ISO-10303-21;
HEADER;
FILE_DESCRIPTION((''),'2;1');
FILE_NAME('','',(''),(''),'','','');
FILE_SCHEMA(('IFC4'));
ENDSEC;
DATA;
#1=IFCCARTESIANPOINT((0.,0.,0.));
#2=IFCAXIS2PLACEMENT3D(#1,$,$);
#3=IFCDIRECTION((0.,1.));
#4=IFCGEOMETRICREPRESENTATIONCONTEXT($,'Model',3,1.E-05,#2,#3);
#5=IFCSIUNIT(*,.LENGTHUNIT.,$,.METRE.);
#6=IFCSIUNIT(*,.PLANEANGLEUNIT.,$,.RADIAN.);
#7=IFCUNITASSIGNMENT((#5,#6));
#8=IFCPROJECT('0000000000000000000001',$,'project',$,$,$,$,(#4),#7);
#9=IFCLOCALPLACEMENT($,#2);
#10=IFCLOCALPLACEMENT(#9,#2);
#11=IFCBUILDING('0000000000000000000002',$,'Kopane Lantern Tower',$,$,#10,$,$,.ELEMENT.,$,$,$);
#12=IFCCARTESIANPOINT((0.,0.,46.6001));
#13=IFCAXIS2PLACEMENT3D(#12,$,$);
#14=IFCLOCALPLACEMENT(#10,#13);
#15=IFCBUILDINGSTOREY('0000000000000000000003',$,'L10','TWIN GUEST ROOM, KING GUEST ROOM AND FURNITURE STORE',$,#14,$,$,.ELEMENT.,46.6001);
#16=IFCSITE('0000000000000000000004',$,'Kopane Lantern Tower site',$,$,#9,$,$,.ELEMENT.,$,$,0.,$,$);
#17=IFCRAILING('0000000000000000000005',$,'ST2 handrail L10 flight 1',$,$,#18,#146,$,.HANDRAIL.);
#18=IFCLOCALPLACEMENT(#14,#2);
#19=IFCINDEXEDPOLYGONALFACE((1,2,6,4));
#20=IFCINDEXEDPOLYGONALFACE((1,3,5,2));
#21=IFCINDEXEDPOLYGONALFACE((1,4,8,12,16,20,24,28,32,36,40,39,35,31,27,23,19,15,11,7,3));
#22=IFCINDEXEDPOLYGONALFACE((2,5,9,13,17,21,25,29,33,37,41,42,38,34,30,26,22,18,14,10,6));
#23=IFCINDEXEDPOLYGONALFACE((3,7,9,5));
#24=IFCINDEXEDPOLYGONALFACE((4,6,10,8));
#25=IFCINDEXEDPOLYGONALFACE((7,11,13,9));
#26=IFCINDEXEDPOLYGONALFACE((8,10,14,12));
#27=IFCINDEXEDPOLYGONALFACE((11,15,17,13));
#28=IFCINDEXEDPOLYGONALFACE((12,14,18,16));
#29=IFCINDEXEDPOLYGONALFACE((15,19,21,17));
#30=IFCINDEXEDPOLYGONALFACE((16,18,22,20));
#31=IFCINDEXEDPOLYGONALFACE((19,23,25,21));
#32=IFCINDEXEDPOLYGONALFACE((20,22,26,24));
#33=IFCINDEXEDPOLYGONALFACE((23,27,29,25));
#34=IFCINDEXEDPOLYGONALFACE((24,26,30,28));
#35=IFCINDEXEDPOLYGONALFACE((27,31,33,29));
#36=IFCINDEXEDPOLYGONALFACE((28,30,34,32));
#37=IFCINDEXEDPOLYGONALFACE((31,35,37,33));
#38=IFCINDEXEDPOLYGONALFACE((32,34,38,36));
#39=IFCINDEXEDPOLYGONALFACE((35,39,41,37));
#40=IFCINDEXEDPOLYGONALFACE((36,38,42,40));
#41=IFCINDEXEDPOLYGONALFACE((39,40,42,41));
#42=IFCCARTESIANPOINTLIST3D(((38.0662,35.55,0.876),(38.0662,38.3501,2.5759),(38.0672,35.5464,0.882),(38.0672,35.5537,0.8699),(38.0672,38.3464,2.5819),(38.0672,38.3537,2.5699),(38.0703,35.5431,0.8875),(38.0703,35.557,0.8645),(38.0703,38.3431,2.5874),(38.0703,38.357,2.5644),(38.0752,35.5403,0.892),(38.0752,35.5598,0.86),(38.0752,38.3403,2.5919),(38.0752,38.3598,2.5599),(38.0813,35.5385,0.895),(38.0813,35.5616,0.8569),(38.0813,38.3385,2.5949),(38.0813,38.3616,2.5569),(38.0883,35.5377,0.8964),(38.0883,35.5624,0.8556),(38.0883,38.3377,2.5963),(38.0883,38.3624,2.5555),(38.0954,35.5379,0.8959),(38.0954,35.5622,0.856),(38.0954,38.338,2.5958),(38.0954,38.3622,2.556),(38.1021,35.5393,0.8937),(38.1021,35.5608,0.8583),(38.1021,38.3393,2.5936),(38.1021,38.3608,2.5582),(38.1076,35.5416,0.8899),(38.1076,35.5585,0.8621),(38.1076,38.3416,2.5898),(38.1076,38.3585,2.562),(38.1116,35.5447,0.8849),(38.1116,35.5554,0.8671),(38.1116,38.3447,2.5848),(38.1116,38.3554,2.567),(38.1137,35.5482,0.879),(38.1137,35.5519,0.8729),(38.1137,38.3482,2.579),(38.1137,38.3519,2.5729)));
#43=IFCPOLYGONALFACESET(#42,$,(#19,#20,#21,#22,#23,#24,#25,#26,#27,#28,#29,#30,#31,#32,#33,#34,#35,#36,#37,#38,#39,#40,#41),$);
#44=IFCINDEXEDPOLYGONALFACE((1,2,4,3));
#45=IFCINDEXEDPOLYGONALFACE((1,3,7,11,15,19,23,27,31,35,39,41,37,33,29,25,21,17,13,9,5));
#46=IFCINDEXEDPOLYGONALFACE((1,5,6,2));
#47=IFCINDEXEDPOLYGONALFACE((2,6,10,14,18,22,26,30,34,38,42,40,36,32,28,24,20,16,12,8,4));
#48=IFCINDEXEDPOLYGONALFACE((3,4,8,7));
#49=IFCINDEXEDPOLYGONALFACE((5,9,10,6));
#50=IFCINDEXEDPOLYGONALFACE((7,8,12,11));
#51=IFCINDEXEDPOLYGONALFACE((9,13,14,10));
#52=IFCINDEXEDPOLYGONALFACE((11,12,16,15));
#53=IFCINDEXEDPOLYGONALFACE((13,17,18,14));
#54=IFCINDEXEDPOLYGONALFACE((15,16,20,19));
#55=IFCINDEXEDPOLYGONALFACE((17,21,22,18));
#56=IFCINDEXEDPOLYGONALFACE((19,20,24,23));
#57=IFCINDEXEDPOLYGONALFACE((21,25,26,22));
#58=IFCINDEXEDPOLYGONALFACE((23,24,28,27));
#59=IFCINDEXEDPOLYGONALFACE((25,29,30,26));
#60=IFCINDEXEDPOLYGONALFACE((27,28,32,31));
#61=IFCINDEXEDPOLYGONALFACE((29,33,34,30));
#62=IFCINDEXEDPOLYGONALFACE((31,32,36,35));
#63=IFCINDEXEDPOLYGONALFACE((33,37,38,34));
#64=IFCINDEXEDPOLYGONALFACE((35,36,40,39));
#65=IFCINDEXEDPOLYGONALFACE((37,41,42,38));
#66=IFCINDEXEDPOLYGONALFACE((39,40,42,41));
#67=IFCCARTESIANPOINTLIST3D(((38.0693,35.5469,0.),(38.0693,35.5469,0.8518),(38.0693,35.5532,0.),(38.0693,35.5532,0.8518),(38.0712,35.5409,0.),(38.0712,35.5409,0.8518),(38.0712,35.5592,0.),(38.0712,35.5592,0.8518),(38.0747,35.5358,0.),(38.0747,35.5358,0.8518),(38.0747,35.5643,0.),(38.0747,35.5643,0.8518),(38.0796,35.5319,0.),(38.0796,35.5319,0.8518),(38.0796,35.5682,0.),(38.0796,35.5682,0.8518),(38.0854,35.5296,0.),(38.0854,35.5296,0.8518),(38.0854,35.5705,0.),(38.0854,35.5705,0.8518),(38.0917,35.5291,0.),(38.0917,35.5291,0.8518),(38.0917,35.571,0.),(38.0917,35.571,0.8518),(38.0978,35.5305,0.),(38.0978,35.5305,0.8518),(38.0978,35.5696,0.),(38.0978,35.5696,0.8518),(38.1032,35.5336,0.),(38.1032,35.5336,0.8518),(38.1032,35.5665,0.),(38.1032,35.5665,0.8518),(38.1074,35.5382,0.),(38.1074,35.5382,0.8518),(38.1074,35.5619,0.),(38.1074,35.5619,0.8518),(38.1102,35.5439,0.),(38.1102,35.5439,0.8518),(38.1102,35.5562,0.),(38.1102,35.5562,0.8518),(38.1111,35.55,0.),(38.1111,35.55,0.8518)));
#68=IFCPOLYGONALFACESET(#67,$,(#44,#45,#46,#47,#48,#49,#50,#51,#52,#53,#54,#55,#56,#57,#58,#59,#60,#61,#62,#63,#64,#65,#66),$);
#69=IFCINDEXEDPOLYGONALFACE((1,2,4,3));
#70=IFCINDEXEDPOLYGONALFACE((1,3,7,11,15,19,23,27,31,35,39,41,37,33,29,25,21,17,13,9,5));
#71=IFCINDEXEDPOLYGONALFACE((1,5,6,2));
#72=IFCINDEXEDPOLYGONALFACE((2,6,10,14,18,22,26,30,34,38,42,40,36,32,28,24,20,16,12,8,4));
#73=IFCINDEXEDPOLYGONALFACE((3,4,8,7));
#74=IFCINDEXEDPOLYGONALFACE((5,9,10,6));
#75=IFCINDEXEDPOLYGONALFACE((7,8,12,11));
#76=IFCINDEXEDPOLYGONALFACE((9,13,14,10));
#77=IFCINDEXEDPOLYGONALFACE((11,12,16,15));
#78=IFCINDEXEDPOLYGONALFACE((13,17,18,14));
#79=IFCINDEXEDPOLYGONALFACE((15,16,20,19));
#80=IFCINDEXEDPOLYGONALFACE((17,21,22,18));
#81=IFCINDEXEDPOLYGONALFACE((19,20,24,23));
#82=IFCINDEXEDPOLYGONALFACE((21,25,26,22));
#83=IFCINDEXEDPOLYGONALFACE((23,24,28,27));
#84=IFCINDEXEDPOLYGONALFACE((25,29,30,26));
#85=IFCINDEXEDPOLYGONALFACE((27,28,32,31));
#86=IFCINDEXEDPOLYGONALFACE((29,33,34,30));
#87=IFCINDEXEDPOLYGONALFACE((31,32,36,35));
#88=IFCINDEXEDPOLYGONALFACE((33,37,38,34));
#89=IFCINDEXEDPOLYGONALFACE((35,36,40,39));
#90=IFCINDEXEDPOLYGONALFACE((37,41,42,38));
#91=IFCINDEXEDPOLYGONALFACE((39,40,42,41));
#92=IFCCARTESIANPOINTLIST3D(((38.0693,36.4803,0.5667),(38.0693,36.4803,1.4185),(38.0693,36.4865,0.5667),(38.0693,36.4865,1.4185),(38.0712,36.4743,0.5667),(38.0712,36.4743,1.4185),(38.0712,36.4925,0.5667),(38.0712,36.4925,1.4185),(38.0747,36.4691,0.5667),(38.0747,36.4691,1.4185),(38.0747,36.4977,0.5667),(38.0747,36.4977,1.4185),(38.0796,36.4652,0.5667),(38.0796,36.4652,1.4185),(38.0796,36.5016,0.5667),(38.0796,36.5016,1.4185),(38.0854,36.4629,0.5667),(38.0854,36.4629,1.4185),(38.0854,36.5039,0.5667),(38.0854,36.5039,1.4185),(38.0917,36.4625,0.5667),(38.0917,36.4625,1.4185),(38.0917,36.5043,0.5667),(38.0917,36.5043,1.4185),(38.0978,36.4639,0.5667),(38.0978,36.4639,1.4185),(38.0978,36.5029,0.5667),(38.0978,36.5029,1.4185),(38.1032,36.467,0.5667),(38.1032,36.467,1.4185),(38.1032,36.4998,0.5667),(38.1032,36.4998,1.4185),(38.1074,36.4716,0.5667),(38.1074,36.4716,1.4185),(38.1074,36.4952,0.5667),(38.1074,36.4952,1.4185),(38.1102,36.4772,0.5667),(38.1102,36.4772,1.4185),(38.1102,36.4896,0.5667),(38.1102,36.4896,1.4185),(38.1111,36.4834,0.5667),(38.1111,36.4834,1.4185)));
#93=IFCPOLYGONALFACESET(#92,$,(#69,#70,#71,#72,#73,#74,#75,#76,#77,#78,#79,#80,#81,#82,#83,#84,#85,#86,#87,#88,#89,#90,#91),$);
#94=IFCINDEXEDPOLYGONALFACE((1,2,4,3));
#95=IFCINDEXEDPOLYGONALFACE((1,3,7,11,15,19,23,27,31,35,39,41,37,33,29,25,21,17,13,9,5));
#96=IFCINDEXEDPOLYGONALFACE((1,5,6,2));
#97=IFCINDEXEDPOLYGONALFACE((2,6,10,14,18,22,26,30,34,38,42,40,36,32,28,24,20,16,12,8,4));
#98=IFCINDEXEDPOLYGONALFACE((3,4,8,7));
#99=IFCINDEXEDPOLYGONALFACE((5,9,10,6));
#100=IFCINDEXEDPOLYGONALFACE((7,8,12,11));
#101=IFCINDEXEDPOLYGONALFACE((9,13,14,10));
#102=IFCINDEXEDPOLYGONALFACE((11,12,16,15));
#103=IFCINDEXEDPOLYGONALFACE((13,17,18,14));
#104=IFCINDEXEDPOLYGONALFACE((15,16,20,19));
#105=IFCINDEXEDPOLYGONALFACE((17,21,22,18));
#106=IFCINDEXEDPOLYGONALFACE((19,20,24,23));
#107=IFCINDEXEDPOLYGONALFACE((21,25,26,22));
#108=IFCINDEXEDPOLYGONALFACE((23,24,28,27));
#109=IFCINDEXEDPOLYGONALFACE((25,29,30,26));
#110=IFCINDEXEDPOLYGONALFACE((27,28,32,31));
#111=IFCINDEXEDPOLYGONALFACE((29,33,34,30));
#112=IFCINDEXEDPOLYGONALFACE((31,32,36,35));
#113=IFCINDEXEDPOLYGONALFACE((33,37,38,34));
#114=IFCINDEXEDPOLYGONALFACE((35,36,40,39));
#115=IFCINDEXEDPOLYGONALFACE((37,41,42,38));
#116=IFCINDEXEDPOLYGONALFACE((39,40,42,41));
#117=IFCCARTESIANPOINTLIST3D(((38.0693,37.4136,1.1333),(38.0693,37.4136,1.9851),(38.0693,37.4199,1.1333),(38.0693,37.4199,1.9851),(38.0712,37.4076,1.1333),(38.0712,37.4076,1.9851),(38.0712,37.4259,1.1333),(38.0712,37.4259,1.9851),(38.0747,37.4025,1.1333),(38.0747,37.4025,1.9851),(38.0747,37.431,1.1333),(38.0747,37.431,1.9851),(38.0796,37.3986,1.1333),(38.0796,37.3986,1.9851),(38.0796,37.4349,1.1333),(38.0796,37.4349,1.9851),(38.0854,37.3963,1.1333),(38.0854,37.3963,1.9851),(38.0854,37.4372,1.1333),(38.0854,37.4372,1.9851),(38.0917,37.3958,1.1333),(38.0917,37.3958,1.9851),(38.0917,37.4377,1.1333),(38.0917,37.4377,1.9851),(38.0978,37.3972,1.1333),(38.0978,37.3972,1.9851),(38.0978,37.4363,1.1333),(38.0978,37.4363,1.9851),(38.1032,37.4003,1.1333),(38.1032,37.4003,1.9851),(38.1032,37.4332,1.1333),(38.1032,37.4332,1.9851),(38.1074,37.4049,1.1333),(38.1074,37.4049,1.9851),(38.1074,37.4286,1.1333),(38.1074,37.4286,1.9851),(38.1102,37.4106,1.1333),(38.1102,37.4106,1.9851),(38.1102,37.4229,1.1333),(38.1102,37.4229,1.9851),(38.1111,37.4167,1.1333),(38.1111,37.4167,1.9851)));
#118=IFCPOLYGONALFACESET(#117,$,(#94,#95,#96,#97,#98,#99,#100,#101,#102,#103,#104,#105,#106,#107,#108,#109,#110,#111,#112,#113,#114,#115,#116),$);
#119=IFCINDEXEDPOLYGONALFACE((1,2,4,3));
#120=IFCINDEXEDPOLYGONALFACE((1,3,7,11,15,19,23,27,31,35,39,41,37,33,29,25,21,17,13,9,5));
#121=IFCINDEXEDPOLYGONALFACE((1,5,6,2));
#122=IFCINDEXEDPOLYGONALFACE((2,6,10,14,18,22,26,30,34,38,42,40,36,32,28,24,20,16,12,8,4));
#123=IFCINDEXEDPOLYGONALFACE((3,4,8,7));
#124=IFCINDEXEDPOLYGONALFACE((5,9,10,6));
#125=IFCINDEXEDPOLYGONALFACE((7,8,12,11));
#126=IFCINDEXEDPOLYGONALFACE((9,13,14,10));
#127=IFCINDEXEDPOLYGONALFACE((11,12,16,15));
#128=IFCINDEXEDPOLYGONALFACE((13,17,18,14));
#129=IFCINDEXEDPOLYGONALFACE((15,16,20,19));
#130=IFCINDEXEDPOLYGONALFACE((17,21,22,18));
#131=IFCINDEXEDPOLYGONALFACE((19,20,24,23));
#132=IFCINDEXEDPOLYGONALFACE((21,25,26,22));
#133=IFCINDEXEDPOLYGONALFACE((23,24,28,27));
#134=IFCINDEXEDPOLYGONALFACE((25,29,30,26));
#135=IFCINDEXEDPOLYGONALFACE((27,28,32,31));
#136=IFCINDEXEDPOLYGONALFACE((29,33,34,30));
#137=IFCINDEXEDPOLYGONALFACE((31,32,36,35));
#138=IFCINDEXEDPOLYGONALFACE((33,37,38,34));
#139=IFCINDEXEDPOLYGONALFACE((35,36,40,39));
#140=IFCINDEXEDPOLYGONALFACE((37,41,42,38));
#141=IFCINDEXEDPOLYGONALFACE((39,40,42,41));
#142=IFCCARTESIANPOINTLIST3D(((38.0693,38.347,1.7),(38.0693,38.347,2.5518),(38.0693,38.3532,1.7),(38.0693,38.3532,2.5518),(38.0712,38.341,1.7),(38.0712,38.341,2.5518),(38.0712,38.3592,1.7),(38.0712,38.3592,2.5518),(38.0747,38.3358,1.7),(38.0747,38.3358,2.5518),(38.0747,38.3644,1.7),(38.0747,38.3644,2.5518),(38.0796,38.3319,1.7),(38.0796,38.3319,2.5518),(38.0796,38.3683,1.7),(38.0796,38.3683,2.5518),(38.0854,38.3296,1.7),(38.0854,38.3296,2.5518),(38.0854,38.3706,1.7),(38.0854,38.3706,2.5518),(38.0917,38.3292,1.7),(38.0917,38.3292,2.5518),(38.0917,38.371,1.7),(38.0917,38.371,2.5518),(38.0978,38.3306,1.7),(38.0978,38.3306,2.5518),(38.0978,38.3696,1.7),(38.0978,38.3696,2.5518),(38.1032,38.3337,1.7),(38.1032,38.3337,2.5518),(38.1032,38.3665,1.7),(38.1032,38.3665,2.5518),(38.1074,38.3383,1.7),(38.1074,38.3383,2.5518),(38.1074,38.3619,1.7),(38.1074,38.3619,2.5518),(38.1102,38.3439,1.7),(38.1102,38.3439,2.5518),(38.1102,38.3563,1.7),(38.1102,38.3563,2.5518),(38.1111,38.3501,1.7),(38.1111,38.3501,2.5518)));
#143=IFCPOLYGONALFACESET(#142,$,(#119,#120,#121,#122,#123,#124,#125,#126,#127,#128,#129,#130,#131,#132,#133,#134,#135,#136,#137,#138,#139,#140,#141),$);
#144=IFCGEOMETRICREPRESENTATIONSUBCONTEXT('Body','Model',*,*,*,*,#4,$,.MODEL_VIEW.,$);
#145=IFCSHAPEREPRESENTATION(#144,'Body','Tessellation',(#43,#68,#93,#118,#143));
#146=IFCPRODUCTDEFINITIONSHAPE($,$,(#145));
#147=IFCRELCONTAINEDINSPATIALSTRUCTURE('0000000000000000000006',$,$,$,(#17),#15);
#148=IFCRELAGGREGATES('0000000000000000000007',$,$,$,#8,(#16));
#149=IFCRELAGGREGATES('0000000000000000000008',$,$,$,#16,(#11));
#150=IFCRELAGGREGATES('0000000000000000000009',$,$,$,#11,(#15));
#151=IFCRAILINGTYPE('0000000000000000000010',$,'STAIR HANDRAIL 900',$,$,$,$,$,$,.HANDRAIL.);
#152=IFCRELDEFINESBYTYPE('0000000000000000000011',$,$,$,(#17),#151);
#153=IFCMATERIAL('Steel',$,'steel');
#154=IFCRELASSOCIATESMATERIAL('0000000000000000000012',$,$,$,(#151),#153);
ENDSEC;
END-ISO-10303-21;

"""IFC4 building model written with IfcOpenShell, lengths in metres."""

from ifc_helpers import new_model, si_unit, direction, frame, origin, origin_2d, place, context, subcontext, project, spatial, circle, extrude, material, type_object, element, save


model = new_model("IFC4")

# Units and contexts
model_context = context("Model", 3, precision=1e-05, world=origin(), true_north=direction((0.0, 1.0)))
body_context = subcontext(model_context, "Body", "Model", "MODEL_VIEW")
ifc_project = project(units=[si_unit("LENGTHUNIT", "METRE"), si_unit("PLANEANGLEUNIT", "RADIAN")], contexts=[model_context])

# Site, building, storey
site_placement = place(None, origin())
site = spatial("IfcSite", under=ifc_project, at=site_placement, Name="Kopane Lantern Tower site", CompositionType="ELEMENT", RefElevation=0.0)
building_placement = place(site_placement, origin())
building = spatial("IfcBuilding", under=site, at=building_placement, Name="Kopane Lantern Tower", CompositionType="ELEMENT")
storey_placement = place(building_placement, frame((0.0, 0.0, 46.6001)))
storey = spatial("IfcBuildingStorey", under=building, at=storey_placement, Name="L10", Description="TWIN GUEST ROOM, KING GUEST ROOM AND FURNITURE STORE", CompositionType="ELEMENT", Elevation=46.6001)

# Railing
ifc_material_1 = material(Name="Steel", Category="steel")
railing_type_1 = type_object("IfcRailingType", Name="STAIR HANDRAIL 900", PredefinedType="HANDRAIL", material=ifc_material_1)
for number, where, name in (
    (1, (38.0901, 35.55, 0.0), "ST2 handrail L10 flight 1"),
):
    element("IfcRailing", number, at=place(storey_placement, frame(where)), inside=storey, type_object=railing_type_1, Name=name, PredefinedType="HANDRAIL", context=body_context, shape_type="SweptSolid", body=[
        extrude(circle(Radius=0.0239, at=origin_2d()), frame((0.0, 0.0, 0.876), z_axis=(0.0, 0.854798, 0.518961), x_axis=(-1.0, 0.0, 0.0)), (0.0, 0.0, 1.0), 3.2756),
        extrude(circle(Radius=0.021, at=origin_2d()), origin(), (0.0, 0.0, 1.0), 0.8518),
        extrude(circle(Radius=0.021, at=origin_2d()), frame((0.0, 0.9333, 0.5667)), (0.0, 0.0, 1.0), 0.8518),
        extrude(circle(Radius=0.021, at=origin_2d()), frame((0.0, 1.8667, 1.1333)), (0.0, 0.0, 1.0), 0.8518),
        extrude(circle(Radius=0.021, at=origin_2d()), frame((0.0, 2.8, 1.7)), (0.0, 0.0, 1.0), 0.8518),
    ])

save(model, "model.ifc")
